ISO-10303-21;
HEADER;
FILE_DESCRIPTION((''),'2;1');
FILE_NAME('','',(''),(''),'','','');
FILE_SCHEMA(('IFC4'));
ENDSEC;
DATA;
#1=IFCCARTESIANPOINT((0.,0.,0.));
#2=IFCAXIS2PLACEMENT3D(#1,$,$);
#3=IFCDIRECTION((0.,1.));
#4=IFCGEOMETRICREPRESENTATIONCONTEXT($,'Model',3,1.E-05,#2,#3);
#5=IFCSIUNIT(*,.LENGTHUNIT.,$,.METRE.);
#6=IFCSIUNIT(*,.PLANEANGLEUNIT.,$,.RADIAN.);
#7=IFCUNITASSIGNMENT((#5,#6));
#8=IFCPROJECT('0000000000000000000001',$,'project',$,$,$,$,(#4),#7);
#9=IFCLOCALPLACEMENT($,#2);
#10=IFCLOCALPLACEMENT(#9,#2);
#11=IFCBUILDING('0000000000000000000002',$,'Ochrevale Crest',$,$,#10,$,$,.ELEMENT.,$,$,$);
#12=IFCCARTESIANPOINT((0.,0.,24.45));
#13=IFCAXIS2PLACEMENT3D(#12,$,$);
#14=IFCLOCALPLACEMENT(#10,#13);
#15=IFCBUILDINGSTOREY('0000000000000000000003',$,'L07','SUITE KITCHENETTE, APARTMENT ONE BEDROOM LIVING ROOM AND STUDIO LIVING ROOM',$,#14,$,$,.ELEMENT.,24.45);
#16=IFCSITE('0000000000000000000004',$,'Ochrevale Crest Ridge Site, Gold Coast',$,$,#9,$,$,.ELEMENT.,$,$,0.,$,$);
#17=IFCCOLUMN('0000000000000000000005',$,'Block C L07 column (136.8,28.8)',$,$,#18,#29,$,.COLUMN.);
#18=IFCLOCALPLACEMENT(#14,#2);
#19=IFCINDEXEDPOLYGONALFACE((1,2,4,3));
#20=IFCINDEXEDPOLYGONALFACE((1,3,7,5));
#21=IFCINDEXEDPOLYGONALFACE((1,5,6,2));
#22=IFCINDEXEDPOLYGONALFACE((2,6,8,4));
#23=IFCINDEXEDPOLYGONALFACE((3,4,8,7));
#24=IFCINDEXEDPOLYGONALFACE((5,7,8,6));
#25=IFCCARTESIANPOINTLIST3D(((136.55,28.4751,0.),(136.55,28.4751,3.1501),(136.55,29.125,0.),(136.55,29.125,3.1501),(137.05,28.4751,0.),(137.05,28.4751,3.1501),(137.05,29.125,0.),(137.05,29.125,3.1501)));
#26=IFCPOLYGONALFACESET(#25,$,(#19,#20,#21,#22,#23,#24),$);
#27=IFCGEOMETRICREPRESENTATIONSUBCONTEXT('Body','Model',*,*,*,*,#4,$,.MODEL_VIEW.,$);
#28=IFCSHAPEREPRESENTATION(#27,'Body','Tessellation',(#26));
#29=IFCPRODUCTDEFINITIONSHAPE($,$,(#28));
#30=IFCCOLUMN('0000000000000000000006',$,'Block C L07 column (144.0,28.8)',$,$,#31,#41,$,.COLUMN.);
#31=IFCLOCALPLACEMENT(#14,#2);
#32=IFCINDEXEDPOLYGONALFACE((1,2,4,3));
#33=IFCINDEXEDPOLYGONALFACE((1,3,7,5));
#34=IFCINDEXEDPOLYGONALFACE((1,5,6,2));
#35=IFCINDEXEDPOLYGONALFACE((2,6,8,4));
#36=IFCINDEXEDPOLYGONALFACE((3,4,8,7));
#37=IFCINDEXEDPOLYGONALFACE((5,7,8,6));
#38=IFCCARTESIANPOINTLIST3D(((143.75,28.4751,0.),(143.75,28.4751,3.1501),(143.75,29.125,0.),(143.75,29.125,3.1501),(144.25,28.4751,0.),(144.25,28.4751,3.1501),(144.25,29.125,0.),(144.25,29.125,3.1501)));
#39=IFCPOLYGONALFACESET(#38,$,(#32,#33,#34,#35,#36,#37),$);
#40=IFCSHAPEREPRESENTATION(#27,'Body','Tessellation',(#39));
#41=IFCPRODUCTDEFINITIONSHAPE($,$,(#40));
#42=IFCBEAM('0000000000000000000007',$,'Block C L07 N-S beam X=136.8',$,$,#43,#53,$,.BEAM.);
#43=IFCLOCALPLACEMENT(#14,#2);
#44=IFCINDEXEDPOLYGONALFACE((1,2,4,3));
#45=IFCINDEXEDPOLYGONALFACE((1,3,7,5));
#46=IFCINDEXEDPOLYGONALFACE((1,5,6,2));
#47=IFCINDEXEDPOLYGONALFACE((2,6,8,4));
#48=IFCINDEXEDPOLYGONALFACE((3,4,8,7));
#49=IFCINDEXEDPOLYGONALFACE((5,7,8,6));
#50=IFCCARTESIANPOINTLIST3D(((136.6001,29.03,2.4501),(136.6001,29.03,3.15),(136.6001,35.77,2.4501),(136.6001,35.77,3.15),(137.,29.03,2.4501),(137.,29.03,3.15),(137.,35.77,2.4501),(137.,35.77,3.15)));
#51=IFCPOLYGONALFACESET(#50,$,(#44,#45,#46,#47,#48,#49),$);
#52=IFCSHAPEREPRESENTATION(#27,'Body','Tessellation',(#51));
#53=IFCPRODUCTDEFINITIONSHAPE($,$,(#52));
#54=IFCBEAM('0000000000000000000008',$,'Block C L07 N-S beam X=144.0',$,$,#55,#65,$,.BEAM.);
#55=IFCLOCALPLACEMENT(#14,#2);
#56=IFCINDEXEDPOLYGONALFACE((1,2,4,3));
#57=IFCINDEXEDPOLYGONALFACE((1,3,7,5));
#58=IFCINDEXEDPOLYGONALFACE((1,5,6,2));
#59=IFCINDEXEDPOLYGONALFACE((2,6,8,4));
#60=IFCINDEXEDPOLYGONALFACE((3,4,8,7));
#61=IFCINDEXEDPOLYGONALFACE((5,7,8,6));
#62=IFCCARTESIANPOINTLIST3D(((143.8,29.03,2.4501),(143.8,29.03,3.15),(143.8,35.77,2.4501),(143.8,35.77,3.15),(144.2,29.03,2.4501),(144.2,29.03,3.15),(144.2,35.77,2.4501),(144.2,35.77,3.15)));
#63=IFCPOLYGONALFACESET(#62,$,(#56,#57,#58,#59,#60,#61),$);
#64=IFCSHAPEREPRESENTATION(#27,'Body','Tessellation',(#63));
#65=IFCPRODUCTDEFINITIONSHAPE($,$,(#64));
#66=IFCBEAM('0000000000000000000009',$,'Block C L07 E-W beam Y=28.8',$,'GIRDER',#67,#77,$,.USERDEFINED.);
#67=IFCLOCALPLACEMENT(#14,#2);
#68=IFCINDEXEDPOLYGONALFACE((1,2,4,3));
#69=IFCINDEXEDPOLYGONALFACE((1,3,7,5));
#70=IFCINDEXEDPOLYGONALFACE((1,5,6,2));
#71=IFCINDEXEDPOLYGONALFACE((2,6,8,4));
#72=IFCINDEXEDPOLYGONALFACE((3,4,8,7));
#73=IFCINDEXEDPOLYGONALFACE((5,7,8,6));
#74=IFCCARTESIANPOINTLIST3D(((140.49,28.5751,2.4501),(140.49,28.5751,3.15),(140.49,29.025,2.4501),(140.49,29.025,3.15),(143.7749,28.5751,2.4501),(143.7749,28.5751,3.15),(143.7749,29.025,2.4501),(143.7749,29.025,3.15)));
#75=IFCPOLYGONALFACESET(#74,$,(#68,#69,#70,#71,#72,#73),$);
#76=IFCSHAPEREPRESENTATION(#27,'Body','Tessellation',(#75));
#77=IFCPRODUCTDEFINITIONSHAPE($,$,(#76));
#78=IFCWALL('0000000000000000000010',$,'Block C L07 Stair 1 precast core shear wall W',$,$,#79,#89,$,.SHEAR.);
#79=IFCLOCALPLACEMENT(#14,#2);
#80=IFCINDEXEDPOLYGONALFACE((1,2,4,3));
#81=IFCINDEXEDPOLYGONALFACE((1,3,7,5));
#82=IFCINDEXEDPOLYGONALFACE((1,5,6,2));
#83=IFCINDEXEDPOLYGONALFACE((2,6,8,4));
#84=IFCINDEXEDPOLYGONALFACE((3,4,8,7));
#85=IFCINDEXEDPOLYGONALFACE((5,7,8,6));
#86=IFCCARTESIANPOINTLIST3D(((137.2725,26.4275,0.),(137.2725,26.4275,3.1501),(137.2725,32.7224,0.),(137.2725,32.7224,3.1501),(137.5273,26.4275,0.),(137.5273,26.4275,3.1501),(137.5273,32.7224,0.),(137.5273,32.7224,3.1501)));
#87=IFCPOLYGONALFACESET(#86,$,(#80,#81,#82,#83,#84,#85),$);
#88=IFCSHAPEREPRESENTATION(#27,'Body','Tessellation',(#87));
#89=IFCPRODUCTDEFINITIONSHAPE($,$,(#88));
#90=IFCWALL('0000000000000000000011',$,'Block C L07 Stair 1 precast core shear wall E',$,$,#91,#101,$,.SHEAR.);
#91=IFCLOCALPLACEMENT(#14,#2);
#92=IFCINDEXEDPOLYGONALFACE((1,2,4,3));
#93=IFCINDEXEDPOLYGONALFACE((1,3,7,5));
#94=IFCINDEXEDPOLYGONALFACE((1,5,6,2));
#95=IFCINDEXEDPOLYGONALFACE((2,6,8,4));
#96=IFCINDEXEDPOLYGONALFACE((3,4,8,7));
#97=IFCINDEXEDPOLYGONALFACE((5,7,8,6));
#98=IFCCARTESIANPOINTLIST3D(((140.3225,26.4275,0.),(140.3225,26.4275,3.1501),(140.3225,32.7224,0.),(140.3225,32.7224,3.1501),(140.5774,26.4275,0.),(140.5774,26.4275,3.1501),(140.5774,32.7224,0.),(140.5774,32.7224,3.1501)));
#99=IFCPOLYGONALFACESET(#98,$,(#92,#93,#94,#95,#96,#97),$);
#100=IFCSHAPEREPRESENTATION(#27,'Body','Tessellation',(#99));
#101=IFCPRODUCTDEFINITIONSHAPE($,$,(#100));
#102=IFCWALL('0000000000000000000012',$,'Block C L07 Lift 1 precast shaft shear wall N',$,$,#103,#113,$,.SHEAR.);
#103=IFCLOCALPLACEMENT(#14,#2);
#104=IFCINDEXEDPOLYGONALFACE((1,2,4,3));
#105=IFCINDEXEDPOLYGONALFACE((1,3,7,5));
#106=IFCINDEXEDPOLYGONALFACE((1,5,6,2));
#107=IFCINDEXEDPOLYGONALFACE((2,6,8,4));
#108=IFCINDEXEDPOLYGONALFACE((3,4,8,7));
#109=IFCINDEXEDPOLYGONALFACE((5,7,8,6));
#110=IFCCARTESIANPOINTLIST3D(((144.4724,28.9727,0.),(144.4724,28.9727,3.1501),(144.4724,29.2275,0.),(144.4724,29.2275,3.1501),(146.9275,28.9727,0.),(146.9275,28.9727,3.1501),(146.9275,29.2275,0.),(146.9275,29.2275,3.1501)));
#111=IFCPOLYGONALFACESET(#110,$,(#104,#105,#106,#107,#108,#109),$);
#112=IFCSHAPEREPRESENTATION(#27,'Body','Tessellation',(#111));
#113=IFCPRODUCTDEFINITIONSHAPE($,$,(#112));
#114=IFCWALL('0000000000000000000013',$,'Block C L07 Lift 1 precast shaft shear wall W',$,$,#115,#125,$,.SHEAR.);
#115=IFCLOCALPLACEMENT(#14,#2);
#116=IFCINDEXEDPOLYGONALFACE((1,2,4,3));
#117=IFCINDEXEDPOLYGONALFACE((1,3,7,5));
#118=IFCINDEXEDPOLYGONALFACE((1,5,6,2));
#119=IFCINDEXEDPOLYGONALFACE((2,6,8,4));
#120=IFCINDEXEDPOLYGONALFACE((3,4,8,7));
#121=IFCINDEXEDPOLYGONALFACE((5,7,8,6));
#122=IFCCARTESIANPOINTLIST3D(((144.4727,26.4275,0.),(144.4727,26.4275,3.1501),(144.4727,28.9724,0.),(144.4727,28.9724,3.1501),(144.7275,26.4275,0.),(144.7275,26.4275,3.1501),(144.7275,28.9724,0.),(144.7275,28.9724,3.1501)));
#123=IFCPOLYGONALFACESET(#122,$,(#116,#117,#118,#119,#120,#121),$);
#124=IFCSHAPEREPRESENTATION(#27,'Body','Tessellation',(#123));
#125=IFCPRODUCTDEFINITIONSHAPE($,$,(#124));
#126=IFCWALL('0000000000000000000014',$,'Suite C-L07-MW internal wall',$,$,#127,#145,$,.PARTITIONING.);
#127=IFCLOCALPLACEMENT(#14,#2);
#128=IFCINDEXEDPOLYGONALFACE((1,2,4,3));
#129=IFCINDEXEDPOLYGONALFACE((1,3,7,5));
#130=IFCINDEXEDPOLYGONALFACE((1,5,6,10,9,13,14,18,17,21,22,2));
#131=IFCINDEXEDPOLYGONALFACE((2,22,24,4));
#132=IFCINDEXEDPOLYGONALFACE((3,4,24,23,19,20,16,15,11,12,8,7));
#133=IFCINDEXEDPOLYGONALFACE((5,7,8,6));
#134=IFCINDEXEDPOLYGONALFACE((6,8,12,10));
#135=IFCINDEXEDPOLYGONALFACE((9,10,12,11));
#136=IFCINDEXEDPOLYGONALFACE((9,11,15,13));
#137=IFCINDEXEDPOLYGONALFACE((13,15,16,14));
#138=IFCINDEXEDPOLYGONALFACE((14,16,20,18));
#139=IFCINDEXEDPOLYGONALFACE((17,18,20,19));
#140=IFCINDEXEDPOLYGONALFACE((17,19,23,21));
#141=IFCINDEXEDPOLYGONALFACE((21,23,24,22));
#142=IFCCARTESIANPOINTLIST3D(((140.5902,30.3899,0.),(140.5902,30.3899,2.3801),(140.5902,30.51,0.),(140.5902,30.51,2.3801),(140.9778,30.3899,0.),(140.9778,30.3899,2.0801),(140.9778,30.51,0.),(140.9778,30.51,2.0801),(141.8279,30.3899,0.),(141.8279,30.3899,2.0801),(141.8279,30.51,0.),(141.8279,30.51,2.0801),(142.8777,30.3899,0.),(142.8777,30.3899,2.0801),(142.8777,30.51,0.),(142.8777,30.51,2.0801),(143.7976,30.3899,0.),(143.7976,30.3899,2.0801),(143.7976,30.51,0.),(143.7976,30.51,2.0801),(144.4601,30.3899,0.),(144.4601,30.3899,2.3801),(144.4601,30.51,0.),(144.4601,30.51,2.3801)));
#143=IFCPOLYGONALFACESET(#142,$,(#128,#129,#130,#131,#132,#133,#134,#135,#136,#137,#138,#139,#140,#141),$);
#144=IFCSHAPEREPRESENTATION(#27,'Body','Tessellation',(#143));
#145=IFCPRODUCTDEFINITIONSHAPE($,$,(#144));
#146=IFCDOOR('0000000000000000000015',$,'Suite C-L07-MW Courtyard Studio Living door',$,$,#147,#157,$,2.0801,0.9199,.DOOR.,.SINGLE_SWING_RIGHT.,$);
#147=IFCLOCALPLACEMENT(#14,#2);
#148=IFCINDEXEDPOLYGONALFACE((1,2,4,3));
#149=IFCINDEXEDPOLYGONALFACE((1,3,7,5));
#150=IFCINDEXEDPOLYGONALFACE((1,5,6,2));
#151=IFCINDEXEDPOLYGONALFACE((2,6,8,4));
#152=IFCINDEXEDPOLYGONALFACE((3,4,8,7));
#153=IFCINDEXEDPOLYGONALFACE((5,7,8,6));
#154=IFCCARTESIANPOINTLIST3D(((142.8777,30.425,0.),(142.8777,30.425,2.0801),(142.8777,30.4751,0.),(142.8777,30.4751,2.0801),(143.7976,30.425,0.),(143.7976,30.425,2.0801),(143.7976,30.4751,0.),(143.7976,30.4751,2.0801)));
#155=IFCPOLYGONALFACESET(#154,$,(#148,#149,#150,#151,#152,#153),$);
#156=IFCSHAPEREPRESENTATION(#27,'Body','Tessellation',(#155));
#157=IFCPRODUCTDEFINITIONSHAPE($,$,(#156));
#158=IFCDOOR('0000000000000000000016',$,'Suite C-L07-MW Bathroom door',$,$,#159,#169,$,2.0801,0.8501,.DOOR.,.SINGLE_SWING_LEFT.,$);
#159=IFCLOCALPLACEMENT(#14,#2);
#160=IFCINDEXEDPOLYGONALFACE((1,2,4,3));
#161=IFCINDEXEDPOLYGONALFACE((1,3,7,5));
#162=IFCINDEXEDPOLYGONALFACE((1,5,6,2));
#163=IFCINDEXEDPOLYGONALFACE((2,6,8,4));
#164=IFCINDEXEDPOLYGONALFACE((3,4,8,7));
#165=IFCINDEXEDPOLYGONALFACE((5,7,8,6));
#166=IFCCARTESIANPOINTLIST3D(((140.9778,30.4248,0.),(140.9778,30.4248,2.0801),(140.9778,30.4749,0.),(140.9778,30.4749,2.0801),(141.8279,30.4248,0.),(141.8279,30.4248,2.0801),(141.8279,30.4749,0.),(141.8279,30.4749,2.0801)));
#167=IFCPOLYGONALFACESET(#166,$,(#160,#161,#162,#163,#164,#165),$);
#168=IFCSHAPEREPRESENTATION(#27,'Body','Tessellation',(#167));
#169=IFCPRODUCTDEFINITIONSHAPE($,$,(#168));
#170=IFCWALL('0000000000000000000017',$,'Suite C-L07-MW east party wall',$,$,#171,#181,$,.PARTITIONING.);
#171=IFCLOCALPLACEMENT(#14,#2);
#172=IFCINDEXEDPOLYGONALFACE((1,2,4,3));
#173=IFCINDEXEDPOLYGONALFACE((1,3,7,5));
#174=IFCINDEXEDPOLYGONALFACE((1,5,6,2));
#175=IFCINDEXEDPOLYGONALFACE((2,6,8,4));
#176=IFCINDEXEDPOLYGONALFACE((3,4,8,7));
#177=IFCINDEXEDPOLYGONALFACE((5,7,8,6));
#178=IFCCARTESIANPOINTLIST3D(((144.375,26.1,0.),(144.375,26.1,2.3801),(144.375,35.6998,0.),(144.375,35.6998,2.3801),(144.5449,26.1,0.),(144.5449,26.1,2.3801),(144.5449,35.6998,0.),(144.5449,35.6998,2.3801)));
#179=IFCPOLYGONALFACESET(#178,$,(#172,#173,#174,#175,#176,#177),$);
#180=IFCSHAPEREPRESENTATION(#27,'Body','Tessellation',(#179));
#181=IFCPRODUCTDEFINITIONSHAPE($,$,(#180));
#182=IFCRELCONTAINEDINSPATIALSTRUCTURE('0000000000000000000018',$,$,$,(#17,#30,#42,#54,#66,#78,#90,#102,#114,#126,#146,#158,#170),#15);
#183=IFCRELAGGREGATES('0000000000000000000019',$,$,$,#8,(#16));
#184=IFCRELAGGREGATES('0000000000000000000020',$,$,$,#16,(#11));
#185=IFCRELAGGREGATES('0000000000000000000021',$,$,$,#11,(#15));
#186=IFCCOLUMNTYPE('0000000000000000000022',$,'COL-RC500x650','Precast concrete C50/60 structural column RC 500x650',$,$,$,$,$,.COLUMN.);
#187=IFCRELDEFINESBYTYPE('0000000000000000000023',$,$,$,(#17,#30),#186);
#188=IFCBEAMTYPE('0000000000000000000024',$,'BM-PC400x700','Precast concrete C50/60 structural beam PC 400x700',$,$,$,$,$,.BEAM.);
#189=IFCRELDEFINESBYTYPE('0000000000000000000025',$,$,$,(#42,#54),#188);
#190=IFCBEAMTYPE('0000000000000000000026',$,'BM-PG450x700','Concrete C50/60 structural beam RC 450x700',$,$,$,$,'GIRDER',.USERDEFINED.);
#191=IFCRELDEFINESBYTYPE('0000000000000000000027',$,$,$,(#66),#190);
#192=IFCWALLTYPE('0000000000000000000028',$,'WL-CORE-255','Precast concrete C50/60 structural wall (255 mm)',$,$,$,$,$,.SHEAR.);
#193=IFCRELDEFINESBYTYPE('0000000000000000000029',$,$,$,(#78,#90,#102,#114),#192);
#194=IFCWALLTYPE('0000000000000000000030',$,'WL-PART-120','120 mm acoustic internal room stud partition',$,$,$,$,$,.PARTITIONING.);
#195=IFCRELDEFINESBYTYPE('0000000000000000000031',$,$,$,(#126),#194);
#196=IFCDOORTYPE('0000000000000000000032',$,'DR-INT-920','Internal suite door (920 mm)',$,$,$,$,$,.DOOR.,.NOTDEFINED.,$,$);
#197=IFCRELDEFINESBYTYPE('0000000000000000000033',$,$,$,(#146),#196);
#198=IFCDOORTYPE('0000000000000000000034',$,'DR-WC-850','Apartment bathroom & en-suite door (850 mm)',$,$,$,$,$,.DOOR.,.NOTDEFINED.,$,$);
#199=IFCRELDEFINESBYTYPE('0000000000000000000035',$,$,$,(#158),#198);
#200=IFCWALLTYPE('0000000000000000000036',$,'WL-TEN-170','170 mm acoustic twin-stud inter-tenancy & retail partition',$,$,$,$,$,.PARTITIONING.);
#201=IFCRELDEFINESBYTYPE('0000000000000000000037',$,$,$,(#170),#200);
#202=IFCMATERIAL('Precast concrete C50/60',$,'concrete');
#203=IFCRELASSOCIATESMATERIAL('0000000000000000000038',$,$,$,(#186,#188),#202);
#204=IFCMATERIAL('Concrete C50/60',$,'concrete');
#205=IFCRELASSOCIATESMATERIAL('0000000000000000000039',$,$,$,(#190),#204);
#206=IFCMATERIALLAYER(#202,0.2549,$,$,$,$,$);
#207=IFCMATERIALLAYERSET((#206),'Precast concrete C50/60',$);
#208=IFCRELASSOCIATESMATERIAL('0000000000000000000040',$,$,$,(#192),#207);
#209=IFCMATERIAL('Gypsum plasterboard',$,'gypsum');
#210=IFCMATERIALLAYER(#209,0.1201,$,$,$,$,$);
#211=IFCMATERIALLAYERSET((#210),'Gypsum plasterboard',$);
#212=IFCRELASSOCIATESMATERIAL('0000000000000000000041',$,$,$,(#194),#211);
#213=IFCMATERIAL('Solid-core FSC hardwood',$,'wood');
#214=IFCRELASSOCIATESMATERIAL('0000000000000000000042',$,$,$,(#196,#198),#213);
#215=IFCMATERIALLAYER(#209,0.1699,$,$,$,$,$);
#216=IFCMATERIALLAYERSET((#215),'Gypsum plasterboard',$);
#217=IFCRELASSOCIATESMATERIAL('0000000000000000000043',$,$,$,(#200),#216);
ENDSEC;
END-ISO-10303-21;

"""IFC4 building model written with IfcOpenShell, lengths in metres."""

from ifc_helpers import new_model, si_unit, direction, frame, frame_2d, origin, origin_2d, place, context, subcontext, project, spatial, rectangle, extrude, material, layer, layer_set, material_profile, profile_set, type_object, element, fill, save


model = new_model("IFC4")

# Units and contexts
model_context = context("Model", 3, precision=1e-05, world=origin(), true_north=direction((0.0, 1.0)))
body_context = subcontext(model_context, "Body", "Model", "MODEL_VIEW")
ifc_project = project(units=[si_unit("LENGTHUNIT", "METRE"), si_unit("PLANEANGLEUNIT", "RADIAN")], contexts=[model_context])

# Site, building, storey
site_placement = place(None, origin())
site = spatial("IfcSite", under=ifc_project, at=site_placement, Name="Ochrevale Crest Ridge Site, Gold Coast", CompositionType="ELEMENT", RefElevation=0.0)
building_placement = place(site_placement, origin())
building = spatial("IfcBuilding", under=site, at=building_placement, Name="Ochrevale Crest", CompositionType="ELEMENT")
storey_placement = place(building_placement, frame((0.0, 0.0, 24.45)))
storey = spatial("IfcBuildingStorey", under=building, at=storey_placement, Name="L07", Description="SUITE KITCHENETTE, APARTMENT ONE BEDROOM LIVING ROOM AND STUDIO LIVING ROOM", CompositionType="ELEMENT", Elevation=24.45)

# Columns
ifc_material_1 = material(Name="Precast concrete C50/60", Category="concrete")
ifc_material_profile_1 = material_profile(ifc_material_1, rectangle(XDim=0.5, YDim=0.6499, at=origin_2d()), Name="RC 500x650")
ifc_profile_set_1 = profile_set([ifc_material_profile_1], Name="Precast concrete C50/60")
column_type = type_object("IfcColumnType", Name="COL-RC500x650", Description="Precast concrete C50/60 structural column RC 500x650", PredefinedType="COLUMN", material=ifc_profile_set_1)
for number, where, z_axis, x_axis, name in (
    (1, (136.8, 28.8, 0.0), (0.0, 0.0, 1.0), (1.0, 0.0, 0.0), "Block C L07 column (136.8,28.8)"),
    (2, (144.0, 28.8, 0.0), (0.0, 0.0, 1.0), (1.0, 0.0, 0.0), "Block C L07 column (144.0,28.8)"),
):
    element("IfcColumn", number, at=place(storey_placement, frame(where, z_axis=z_axis, x_axis=x_axis)), inside=storey, type_object=column_type, Name=name, PredefinedType="COLUMN", context=body_context, shape_type="SweptSolid", body=[
        extrude(rectangle(XDim=0.5, YDim=0.6499, at=origin_2d()), origin(), (0.0, 0.0, 1.0), 3.1501),
    ])

# Beams
ifc_material_profile_2 = material_profile(ifc_material_1, rectangle(XDim=0.3999, YDim=0.7, at=origin_2d()), Name="PC 400x700")
ifc_profile_set_2 = profile_set([ifc_material_profile_2], Name="Precast concrete C50/60")
beam_type_1 = type_object("IfcBeamType", Name="BM-PC400x700", Description="Precast concrete C50/60 structural beam PC 400x700", PredefinedType="BEAM", material=ifc_profile_set_2)
for number, where, z_axis, x_axis, name in (
    (3, (136.8, 29.03, 2.8), (0.0, 1.0, 0.0), (-1.0, 0.0, 0.0), "Block C L07 N-S beam X=136.8"),
    (4, (144.0, 29.03, 2.8), (0.0, 1.0, 0.0), (-1.0, 0.0, 0.0), "Block C L07 N-S beam X=144.0"),
):
    element("IfcBeam", number, at=place(storey_placement, frame(where, z_axis=z_axis, x_axis=x_axis)), inside=storey, type_object=beam_type_1, Name=name, PredefinedType="BEAM", context=body_context, shape_type="SweptSolid", body=[
        extrude(rectangle(XDim=0.3999, YDim=0.7, at=origin_2d()), origin(), (0.0, 0.0, 1.0), 6.74),
    ])
ifc_material_2 = material(Name="Concrete C50/60", Category="concrete")
ifc_material_profile_3 = material_profile(ifc_material_2, rectangle(XDim=0.45, YDim=0.7, at=origin_2d()), Name="RC 450x700")
ifc_profile_set_3 = profile_set([ifc_material_profile_3], Name="Concrete C50/60")
beam_type_2 = type_object("IfcBeamType", Name="BM-PG450x700", Description="Concrete C50/60 structural beam RC 450x700", ElementType="GIRDER", PredefinedType="USERDEFINED", material=ifc_profile_set_3)
beam_placement = place(storey_placement, frame((140.49, 28.8, 2.8), z_axis=(1.0, 0.0, 0.0), x_axis=(0.0, 1.0, 0.0)))
element("IfcBeam", 5, at=beam_placement, inside=storey, type_object=beam_type_2, Name="Block C L07 E-W beam Y=28.8", ObjectType="GIRDER", PredefinedType="USERDEFINED", context=body_context, shape_type="SweptSolid", body=[
    extrude(rectangle(XDim=0.45, YDim=0.7, at=origin_2d()), origin(), (0.0, 0.0, 1.0), 3.2849),
])

# Shared definitions
ifc_layer_1 = layer(ifc_material_1, 0.2549)
ifc_layer_set_1 = layer_set([ifc_layer_1], Name="Precast concrete C50/60")
wall_type_1 = type_object("IfcWallType", Name="WL-CORE-255", Description="Precast concrete C50/60 structural wall (255 mm)", PredefinedType="SHEAR", material=ifc_layer_set_1)
ifc_material_3 = material(Name="Solid-core FSC hardwood", Category="wood")

# Walls
for number, where, z_axis, x_axis, name in (
    (6, (137.3999, 26.4275, 0.0), (0.0, 0.0, 1.0), (0.0, 1.0, 0.0), "Block C L07 Stair 1 precast core shear wall W"),
    (7, (140.45, 26.4275, 0.0), (0.0, 0.0, 1.0), (0.0, 1.0, 0.0), "Block C L07 Stair 1 precast core shear wall E"),
):
    element("IfcWall", number, at=place(storey_placement, frame(where, z_axis=z_axis, x_axis=x_axis)), inside=storey, type_object=wall_type_1, Name=name, PredefinedType="SHEAR", context=body_context, shape_type="SweptSolid", body=[
        extrude(rectangle(XDim=6.2949, YDim=0.2549, at=frame_2d((3.1475, 0.0))), origin(), (0.0, 0.0, 1.0), 3.1501),
    ])

# Walls
wall_1_placement = place(storey_placement, frame((144.4724, 29.1001, 0.0), z_axis=(0.0, 0.0, 1.0), x_axis=(1.0, 0.0, 0.0)))
element("IfcWall", 8, at=wall_1_placement, inside=storey, type_object=wall_type_1, Name="Block C L07 Lift 1 precast shaft shear wall N", PredefinedType="SHEAR", context=body_context, shape_type="SweptSolid", body=[
    extrude(rectangle(XDim=2.4551, YDim=0.2549, at=frame_2d((1.2275, 0.0))), origin(), (0.0, 0.0, 1.0), 3.1501),
])
wall_2_placement = place(storey_placement, frame((144.6001, 26.4275, 0.0), z_axis=(0.0, 0.0, 1.0), x_axis=(0.0, 1.0, 0.0)))
element("IfcWall", 9, at=wall_2_placement, inside=storey, type_object=wall_type_1, Name="Block C L07 Lift 1 precast shaft shear wall W", PredefinedType="SHEAR", context=body_context, shape_type="SweptSolid", body=[
    extrude(rectangle(XDim=2.5449, YDim=0.2549, at=frame_2d((1.2725, 0.0))), origin(), (0.0, 0.0, 1.0), 3.1501),
])

# Wall, openings, doors
ifc_material_4 = material(Name="Gypsum plasterboard", Category="gypsum")
ifc_layer_2 = layer(ifc_material_4, 0.1201)
ifc_layer_set_2 = layer_set([ifc_layer_2], Name="Gypsum plasterboard")
wall_type_2 = type_object("IfcWallType", Name="WL-PART-120", Description="120 mm acoustic internal room stud partition", PredefinedType="PARTITIONING", material=ifc_layer_set_2)
wall_3_placement = place(storey_placement, frame((140.5901, 30.45, 0.0), z_axis=(0.0, 0.0, 1.0), x_axis=(1.0, 0.0, 0.0)))
wall_3 = element("IfcWall", 10, at=wall_3_placement, inside=storey, type_object=wall_type_2, Name="Suite C-L07-MW internal wall", PredefinedType="PARTITIONING", context=body_context, shape_type="SweptSolid", body=[
    extrude(rectangle(XDim=3.8699, YDim=0.1201, at=frame_2d((1.9351, 0.0))), origin(), (0.0, 0.0, 1.0), 2.3801),
])
opening_1_placement = place(wall_3_placement, frame((0.3877, 0.0, 0.0)))
opening_1 = element("IfcOpeningElement", 11, at=opening_1_placement, cuts=wall_3, PredefinedType="OPENING", context=body_context, shape_type="SweptSolid", body=[
    extrude(rectangle(XDim=0.8501, YDim=2.0801, at=frame_2d((0.425, 1.04))), frame((0.0, 0.0701, 0.0), z_axis=(0.0, -1.0, 0.0), x_axis=(1.0, 0.0, 0.0)), (0.0, 0.0, 1.0), 0.1401),
])
opening_2_placement = place(wall_3_placement, frame((3.2075, 0.0, 0.0), z_axis=(0.0, 0.0, 1.0), x_axis=(-1.0, 0.0, 0.0)))
opening_2 = element("IfcOpeningElement", 12, at=opening_2_placement, cuts=wall_3, PredefinedType="OPENING", context=body_context, shape_type="SweptSolid", body=[
    extrude(rectangle(XDim=0.9199, YDim=2.0801, at=frame_2d((0.46, 1.04))), frame((0.0, 0.0701, 0.0), z_axis=(0.0, -1.0, 0.0), x_axis=(1.0, 0.0, 0.0)), (0.0, 0.0, 1.0), 0.1401),
])
door_type_1 = type_object("IfcDoorType", Name="DR-INT-920", Description="Internal suite door (920 mm)", OperationType="NOTDEFINED", PredefinedType="DOOR", material=ifc_material_3)
door_1_placement = place(opening_2_placement, origin())
door_1 = element("IfcDoor", 13, at=door_1_placement, inside=storey, type_object=door_type_1, Name="Suite C-L07-MW Courtyard Studio Living door", OperationType="SINGLE_SWING_RIGHT", OverallHeight=2.0801, OverallWidth=0.9199, PredefinedType="DOOR", context=body_context, shape_type="SweptSolid", body=[
    extrude(rectangle(XDim=0.9199, YDim=2.0801, at=frame_2d((0.46, 1.04))), frame((0.0, 0.0249, 0.0), z_axis=(0.0, -1.0, 0.0), x_axis=(1.0, 0.0, 0.0)), (0.0, 0.0, 1.0), 0.05),
])
fill(opening_2, door_1)
door_type_2 = type_object("IfcDoorType", Name="DR-WC-850", Description="Apartment bathroom & en-suite door (850 mm)", OperationType="NOTDEFINED", PredefinedType="DOOR", material=ifc_material_3)
door_2_placement = place(opening_1_placement, origin())
door_2 = element("IfcDoor", 14, at=door_2_placement, inside=storey, type_object=door_type_2, Name="Suite C-L07-MW Bathroom door", OperationType="SINGLE_SWING_LEFT", OverallHeight=2.0801, OverallWidth=0.8501, PredefinedType="DOOR", context=body_context, shape_type="SweptSolid", body=[
    extrude(rectangle(XDim=0.8501, YDim=2.0801, at=frame_2d((0.425, 1.04))), frame((0.0, 0.0249, 0.0), z_axis=(0.0, -1.0, 0.0), x_axis=(1.0, 0.0, 0.0)), (0.0, 0.0, 1.0), 0.05),
])
fill(opening_1, door_2)

# Wall
ifc_layer_3 = layer(ifc_material_4, 0.1699)
ifc_layer_set_3 = layer_set([ifc_layer_3], Name="Gypsum plasterboard")
wall_type_3 = type_object("IfcWallType", Name="WL-TEN-170", Description="170 mm acoustic twin-stud inter-tenancy & retail partition", PredefinedType="PARTITIONING", material=ifc_layer_set_3)
wall_4_placement = place(storey_placement, frame((144.46, 26.1001, 0.0), z_axis=(0.0, 0.0, 1.0), x_axis=(0.0, 1.0, 0.0)))
element("IfcWall", 15, at=wall_4_placement, inside=storey, type_object=wall_type_3, Name="Suite C-L07-MW east party wall", PredefinedType="PARTITIONING", context=body_context, shape_type="SweptSolid", body=[
    extrude(rectangle(XDim=9.5999, YDim=0.1699, at=frame_2d((4.7998, 0.0))), origin(), (0.0, 0.0, 1.0), 2.3801),
])

save(model, "model.ifc")
